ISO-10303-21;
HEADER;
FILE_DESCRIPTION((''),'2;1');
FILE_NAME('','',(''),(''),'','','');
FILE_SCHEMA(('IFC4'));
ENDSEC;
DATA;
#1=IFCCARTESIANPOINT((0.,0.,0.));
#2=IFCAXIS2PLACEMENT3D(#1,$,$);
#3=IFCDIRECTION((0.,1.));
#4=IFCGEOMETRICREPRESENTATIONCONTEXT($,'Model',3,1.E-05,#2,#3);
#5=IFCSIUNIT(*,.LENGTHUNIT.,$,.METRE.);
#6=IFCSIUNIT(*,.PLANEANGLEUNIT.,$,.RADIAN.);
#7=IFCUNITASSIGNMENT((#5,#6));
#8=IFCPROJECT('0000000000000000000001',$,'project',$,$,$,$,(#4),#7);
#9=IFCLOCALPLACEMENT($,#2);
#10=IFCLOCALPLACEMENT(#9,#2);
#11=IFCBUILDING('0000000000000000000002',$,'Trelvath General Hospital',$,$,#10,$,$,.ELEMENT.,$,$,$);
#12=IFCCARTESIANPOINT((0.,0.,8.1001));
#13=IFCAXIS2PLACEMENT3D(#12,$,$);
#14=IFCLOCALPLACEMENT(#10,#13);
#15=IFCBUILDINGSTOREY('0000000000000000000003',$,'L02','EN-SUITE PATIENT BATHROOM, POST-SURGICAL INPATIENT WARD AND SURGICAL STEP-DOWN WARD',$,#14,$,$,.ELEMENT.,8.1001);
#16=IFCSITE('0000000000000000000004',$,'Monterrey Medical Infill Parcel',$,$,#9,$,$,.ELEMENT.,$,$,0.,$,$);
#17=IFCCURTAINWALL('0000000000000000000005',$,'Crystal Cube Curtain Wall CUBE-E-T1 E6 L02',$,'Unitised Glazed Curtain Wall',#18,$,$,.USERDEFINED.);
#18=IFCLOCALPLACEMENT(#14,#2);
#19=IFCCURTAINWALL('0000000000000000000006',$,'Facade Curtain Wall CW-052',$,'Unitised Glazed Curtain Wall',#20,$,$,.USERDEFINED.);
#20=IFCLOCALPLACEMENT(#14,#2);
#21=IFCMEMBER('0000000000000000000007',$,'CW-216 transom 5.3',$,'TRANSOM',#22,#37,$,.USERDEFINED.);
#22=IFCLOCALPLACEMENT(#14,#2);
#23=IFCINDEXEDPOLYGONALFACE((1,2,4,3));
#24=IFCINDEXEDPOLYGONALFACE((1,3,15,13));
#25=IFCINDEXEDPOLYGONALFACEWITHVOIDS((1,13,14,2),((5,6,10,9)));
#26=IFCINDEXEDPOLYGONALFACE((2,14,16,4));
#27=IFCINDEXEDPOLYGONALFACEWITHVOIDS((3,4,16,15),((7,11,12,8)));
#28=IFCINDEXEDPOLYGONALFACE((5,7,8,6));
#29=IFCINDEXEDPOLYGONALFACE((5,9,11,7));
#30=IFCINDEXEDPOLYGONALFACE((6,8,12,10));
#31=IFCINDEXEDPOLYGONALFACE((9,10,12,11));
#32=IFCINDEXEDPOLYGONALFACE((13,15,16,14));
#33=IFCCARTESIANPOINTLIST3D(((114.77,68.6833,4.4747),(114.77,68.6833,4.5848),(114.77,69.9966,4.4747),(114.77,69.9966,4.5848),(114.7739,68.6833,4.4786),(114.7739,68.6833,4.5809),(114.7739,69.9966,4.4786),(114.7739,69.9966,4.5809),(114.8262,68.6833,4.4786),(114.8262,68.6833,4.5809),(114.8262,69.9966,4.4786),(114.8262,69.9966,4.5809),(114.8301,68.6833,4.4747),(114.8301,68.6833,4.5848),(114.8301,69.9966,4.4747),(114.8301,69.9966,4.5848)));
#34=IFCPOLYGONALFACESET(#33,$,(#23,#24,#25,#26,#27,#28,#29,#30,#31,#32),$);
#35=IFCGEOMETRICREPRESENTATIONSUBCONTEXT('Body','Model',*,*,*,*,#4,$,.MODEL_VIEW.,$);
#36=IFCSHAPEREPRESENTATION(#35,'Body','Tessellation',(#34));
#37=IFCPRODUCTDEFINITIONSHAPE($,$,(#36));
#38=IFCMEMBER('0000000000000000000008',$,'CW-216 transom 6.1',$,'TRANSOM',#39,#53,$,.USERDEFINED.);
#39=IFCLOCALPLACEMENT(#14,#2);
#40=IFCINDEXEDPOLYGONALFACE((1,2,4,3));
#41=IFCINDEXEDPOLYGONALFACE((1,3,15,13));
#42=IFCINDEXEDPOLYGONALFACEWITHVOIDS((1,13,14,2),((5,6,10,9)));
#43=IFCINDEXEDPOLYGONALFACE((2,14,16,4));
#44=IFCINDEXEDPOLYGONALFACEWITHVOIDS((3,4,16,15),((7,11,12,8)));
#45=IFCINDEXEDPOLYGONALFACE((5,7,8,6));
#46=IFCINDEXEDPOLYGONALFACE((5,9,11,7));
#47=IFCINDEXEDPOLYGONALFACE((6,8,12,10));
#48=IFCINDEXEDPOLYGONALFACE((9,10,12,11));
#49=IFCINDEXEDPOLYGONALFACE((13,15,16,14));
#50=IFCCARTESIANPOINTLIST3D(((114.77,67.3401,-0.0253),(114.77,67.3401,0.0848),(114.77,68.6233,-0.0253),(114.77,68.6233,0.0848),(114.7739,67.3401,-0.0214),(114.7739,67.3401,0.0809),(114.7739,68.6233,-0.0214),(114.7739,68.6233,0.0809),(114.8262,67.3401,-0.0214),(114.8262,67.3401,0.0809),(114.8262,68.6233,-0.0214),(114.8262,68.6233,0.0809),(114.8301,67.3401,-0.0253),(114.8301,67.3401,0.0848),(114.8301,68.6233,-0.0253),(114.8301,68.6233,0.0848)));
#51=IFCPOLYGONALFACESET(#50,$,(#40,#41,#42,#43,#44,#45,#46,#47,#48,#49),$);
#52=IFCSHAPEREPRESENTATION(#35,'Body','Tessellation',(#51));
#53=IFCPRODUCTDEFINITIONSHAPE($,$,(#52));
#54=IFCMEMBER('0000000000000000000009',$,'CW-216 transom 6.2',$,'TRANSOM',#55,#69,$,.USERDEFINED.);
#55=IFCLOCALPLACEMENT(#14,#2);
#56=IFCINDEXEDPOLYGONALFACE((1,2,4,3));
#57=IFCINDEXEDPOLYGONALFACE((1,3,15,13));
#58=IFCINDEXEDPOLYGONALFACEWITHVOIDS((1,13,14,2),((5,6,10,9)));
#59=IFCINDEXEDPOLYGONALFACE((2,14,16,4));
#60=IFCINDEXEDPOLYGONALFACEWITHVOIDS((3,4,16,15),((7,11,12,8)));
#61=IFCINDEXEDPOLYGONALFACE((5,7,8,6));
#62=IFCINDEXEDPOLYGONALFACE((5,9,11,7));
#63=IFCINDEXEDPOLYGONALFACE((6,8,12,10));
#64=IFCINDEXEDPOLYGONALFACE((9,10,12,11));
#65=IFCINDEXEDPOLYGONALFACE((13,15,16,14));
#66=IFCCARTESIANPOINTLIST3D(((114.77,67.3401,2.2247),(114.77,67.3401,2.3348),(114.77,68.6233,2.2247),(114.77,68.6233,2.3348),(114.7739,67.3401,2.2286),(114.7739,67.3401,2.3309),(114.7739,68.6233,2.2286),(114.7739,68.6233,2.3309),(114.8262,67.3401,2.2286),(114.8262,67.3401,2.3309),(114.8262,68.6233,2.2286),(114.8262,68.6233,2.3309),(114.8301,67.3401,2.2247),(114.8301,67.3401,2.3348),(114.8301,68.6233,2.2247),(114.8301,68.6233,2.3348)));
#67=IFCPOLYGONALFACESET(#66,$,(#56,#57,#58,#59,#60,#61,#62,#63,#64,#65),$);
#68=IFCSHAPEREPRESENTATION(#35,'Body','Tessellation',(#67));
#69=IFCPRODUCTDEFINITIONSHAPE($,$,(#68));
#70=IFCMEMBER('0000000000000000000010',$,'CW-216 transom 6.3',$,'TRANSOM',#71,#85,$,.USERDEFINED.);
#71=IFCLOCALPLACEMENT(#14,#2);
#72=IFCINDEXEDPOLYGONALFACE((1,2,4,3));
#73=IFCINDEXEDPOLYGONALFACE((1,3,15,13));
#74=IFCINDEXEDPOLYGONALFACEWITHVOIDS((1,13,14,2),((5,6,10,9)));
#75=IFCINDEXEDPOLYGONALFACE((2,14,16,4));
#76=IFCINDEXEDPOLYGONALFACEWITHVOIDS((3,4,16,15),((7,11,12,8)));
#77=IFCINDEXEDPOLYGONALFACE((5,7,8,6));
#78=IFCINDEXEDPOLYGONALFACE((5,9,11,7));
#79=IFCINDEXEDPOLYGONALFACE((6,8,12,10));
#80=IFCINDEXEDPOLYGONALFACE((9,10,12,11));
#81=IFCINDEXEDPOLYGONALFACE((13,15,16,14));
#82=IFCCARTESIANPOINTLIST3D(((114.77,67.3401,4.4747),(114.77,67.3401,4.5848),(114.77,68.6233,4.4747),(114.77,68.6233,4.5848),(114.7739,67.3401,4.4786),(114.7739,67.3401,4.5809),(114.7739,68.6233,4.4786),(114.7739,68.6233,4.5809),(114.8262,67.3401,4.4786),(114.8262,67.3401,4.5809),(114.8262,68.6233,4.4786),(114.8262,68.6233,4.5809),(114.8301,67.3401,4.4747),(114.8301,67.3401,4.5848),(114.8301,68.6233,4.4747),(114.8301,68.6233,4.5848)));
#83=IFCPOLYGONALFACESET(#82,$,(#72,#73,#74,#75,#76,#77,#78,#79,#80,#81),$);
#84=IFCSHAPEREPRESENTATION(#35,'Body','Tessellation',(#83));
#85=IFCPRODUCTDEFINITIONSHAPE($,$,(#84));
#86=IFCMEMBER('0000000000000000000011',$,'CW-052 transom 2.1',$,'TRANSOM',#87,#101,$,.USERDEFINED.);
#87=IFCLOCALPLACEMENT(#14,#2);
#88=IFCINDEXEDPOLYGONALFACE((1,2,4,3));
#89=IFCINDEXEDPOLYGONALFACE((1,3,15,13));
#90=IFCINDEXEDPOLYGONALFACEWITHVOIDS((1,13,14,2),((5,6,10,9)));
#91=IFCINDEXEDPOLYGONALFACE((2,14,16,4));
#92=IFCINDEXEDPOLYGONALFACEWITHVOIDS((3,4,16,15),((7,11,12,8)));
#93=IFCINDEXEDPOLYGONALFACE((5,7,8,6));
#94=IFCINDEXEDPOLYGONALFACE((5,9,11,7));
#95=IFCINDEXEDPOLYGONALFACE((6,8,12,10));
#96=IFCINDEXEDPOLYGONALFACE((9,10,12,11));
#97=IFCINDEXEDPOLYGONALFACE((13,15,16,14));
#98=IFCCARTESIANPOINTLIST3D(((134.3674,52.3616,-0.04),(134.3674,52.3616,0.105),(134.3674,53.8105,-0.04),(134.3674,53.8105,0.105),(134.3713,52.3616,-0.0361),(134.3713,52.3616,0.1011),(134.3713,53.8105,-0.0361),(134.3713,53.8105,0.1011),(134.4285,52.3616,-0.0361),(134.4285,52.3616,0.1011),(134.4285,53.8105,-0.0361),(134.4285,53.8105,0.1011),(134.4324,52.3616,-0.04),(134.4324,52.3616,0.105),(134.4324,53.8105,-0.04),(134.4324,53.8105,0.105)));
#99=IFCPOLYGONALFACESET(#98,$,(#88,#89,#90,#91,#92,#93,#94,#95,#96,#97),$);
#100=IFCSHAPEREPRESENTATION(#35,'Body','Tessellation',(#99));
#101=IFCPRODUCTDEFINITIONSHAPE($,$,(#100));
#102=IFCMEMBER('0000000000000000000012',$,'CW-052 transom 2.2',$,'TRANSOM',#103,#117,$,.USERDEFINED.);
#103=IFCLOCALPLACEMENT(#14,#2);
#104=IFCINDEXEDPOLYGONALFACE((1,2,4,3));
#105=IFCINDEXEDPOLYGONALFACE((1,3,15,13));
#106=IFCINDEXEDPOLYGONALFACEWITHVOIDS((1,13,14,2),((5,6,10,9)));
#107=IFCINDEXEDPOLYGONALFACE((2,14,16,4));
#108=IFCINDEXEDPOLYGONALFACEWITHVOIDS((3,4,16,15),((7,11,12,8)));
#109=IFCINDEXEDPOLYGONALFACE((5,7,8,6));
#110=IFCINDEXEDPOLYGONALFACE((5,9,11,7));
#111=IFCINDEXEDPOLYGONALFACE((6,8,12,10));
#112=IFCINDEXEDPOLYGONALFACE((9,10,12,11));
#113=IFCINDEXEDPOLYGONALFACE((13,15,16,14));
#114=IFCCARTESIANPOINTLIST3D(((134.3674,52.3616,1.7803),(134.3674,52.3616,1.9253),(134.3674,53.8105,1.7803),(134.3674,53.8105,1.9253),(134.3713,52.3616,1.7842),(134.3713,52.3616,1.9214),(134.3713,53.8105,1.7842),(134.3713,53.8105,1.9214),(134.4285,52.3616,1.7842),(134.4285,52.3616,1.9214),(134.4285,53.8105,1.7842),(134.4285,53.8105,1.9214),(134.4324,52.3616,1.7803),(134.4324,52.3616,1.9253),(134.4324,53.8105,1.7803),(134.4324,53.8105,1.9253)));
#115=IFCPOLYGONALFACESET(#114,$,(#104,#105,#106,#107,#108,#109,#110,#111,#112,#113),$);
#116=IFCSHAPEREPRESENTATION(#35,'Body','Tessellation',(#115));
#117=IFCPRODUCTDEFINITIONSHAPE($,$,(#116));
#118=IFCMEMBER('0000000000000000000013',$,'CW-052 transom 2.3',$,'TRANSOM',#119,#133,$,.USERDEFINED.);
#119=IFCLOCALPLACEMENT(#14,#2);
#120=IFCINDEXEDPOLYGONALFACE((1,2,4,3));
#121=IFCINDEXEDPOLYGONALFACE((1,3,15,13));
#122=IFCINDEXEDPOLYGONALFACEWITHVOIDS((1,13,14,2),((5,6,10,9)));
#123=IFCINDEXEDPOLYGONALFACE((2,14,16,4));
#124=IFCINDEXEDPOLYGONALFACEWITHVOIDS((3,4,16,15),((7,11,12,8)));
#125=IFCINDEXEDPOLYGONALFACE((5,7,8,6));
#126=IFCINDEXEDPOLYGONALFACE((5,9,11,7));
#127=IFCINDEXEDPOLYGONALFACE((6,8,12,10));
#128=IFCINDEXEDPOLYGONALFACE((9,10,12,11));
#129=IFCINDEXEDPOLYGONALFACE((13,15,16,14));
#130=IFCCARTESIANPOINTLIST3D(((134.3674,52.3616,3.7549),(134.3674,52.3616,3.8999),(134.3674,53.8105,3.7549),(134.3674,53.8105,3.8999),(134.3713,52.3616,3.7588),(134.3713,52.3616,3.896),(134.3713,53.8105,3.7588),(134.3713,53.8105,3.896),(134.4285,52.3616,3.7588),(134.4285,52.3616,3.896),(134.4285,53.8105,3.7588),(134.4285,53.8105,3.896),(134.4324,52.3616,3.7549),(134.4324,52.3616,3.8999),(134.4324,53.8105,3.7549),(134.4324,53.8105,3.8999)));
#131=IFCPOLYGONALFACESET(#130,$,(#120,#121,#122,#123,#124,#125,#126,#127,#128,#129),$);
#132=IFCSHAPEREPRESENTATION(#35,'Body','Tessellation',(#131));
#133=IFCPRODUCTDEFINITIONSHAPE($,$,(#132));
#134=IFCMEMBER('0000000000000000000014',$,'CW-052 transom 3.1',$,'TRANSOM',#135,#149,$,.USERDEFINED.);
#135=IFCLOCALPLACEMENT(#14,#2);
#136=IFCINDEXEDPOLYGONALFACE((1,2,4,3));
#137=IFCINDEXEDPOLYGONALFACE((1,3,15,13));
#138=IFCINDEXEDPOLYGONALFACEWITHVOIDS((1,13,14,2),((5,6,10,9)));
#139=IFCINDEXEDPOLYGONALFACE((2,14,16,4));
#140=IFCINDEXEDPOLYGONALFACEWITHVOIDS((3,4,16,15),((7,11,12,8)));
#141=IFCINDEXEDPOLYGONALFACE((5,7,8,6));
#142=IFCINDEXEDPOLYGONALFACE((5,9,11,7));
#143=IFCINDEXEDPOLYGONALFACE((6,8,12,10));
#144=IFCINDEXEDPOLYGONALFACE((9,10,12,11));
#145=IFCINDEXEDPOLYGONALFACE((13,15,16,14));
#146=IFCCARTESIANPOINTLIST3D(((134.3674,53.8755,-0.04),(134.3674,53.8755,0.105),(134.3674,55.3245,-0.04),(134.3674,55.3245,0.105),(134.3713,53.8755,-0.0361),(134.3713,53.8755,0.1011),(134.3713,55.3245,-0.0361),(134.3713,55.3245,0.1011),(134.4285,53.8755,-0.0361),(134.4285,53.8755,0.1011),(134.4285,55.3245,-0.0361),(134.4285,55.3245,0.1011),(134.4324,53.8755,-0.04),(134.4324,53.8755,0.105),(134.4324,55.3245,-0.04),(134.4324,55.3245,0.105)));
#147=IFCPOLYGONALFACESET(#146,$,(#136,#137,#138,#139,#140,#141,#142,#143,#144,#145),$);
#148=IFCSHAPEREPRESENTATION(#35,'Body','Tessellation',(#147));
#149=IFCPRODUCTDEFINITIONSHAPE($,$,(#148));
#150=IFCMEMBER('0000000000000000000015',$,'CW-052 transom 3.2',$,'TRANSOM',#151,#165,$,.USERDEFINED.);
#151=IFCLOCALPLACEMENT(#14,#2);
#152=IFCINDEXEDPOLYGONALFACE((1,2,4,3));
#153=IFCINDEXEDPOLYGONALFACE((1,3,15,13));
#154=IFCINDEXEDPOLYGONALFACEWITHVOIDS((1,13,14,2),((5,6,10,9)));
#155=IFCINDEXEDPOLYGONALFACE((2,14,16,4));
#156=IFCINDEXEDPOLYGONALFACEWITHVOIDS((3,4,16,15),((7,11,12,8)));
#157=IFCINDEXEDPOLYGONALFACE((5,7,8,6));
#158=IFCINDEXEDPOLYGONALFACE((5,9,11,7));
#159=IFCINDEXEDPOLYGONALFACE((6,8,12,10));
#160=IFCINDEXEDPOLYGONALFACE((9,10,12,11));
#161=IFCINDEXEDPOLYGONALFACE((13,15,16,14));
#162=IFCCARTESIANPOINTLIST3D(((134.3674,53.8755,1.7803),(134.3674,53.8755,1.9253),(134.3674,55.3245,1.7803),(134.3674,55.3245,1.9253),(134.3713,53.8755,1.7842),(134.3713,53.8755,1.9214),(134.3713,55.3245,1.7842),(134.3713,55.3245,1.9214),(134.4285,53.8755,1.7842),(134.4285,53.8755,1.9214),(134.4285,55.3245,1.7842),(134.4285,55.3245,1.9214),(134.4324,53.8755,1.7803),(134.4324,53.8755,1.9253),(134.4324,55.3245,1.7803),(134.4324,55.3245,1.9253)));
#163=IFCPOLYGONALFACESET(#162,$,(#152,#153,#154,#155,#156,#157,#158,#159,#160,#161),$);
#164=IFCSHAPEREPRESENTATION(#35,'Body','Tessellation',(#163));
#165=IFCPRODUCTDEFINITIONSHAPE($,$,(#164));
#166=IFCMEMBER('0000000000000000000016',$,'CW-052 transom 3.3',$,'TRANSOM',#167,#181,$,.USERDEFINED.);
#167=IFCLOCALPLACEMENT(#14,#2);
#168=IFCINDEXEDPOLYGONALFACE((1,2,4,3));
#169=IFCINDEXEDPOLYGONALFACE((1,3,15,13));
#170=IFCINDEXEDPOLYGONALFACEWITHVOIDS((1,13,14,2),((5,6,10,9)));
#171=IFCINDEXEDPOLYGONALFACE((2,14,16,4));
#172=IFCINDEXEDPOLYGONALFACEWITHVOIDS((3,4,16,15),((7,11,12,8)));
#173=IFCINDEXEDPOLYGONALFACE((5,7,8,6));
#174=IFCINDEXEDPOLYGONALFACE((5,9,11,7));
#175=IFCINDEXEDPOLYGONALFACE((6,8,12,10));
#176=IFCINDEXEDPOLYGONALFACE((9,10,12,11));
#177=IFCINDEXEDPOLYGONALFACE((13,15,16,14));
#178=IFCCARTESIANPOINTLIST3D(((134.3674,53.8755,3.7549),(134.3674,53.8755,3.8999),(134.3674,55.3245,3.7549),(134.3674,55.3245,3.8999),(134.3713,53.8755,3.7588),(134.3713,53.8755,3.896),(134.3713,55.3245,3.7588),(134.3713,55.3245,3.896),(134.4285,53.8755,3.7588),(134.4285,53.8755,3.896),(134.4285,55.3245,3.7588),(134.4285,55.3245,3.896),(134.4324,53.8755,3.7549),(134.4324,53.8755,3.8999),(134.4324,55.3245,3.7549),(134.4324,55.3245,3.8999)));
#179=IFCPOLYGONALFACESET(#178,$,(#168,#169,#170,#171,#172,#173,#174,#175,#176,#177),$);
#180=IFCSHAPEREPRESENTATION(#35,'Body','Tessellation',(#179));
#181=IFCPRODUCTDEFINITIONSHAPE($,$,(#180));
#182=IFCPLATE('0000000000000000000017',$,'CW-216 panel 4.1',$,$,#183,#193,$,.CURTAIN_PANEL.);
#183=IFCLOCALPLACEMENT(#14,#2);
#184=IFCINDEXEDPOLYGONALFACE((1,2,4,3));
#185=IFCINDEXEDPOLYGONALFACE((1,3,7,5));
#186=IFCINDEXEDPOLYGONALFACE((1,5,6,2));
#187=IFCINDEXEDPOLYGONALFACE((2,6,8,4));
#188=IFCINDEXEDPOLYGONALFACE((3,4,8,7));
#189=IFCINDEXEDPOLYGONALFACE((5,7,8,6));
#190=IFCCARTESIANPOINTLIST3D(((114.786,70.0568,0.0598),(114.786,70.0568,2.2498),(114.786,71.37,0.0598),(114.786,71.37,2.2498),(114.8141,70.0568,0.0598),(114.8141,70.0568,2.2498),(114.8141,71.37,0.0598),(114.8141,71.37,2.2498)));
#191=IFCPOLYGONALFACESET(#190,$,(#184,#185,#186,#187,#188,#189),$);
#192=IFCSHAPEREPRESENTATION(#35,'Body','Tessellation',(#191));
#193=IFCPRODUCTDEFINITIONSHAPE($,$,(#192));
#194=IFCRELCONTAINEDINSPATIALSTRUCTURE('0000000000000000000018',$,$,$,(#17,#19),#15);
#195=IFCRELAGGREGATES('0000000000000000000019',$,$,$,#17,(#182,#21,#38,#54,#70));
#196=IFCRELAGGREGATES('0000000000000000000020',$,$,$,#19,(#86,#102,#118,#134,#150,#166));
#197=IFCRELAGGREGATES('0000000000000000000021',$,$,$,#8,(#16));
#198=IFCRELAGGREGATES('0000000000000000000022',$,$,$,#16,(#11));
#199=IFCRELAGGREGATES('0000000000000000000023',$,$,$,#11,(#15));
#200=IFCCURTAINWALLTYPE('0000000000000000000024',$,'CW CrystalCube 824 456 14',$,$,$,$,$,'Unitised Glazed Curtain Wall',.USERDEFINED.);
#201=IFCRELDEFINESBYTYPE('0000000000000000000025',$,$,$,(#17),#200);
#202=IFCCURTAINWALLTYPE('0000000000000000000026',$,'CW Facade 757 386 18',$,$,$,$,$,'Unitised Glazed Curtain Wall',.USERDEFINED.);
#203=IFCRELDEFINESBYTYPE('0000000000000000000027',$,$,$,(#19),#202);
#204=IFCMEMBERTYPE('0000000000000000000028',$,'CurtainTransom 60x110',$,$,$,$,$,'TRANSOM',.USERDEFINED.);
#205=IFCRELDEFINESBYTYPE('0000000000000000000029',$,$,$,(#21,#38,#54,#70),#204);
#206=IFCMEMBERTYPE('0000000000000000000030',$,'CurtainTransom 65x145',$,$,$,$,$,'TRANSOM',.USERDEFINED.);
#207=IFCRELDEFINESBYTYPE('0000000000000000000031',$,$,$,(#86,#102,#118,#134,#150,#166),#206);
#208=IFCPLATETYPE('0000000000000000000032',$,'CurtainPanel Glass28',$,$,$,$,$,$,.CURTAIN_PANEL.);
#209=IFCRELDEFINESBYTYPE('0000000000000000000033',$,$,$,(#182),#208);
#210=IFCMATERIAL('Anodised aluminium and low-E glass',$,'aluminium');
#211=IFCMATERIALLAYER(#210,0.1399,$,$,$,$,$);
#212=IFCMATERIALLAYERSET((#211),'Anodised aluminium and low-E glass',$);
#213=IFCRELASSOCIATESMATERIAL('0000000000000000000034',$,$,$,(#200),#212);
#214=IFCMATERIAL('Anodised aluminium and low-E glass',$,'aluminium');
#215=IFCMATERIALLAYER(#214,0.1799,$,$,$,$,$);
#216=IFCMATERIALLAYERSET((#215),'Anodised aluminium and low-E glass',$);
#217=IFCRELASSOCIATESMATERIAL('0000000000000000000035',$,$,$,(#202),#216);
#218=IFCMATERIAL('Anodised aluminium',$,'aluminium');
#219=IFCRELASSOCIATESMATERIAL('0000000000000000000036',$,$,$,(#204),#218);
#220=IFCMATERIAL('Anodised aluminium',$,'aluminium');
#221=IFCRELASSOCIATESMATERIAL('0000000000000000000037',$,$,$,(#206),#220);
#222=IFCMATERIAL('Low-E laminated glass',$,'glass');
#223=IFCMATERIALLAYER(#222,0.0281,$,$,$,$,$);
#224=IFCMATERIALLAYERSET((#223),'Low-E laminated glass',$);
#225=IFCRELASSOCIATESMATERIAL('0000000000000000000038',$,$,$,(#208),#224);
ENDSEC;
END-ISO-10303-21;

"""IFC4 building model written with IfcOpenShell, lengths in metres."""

from ifc_helpers import new_model, si_unit, direction, frame, origin, origin_2d, place, context, subcontext, project, spatial, rectangle, hollow_rectangle, extrude, material, layer, layer_set, material_profile, profile_set, type_object, element, aggregate, save


model = new_model("IFC4")

# Units and contexts
model_context = context("Model", 3, precision=1e-05, world=origin(), true_north=direction((0.0, 1.0)))
body_context = subcontext(model_context, "Body", "Model", "MODEL_VIEW")
ifc_project = project(units=[si_unit("LENGTHUNIT", "METRE"), si_unit("PLANEANGLEUNIT", "RADIAN")], contexts=[model_context])

# Site, building, storey
site_placement = place(None, origin())
site = spatial("IfcSite", under=ifc_project, at=site_placement, Name="Monterrey Medical Infill Parcel", CompositionType="ELEMENT", RefElevation=0.0)
building_placement = place(site_placement, origin())
building = spatial("IfcBuilding", under=site, at=building_placement, Name="Trelvath General Hospital", CompositionType="ELEMENT")
storey_placement = place(building_placement, frame((0.0, 0.0, 8.1001)))
storey = spatial("IfcBuildingStorey", under=building, at=storey_placement, Name="L02", Description="EN-SUITE PATIENT BATHROOM, POST-SURGICAL INPATIENT WARD AND SURGICAL STEP-DOWN WARD", CompositionType="ELEMENT", Elevation=8.1001)

# Curtain walls
ifc_material_1 = material(Name="Anodised aluminium and low-E glass", Category="aluminium")
ifc_layer_1 = layer(ifc_material_1, 0.1399)
ifc_layer_set_1 = layer_set([ifc_layer_1], Name="Anodised aluminium and low-E glass")
curtain_wall_type_1 = type_object("IfcCurtainWallType", Name="CW CrystalCube 824 456 14", ElementType="Unitised Glazed Curtain Wall", PredefinedType="USERDEFINED", material=ifc_layer_set_1)
curtain_wall_1_placement = place(storey_placement, origin())
curtain_wall_1 = element("IfcCurtainWall", 1, at=curtain_wall_1_placement, inside=storey, type_object=curtain_wall_type_1, Name="Crystal Cube Curtain Wall CUBE-E-T1 E6 L02", ObjectType="Unitised Glazed Curtain Wall", PredefinedType="USERDEFINED")
ifc_material_2 = material(Name="Anodised aluminium and low-E glass", Category="aluminium")
ifc_layer_2 = layer(ifc_material_2, 0.1799)
ifc_layer_set_2 = layer_set([ifc_layer_2], Name="Anodised aluminium and low-E glass")
curtain_wall_type_2 = type_object("IfcCurtainWallType", Name="CW Facade 757 386 18", ElementType="Unitised Glazed Curtain Wall", PredefinedType="USERDEFINED", material=ifc_layer_set_2)
curtain_wall_2_placement = place(storey_placement, origin())
curtain_wall_2 = element("IfcCurtainWall", 2, at=curtain_wall_2_placement, inside=storey, type_object=curtain_wall_type_2, Name="Facade Curtain Wall CW-052", ObjectType="Unitised Glazed Curtain Wall", PredefinedType="USERDEFINED")

# Members
ifc_material_3 = material(Name="Anodised aluminium", Category="aluminium")
ifc_material_profile_1 = material_profile(ifc_material_3, hollow_rectangle(XDim=0.0601, YDim=0.1101, WallThickness=0.0039, at=origin_2d()), Name="RHS60x110x4")
ifc_profile_set_1 = profile_set([ifc_material_profile_1], Name="Anodised aluminium")
member_type_1 = type_object("IfcMemberType", Name="CurtainTransom 60x110", ElementType="TRANSOM", PredefinedType="USERDEFINED", material=ifc_profile_set_1)
member_1_placement = place(storey_placement, frame((114.8, 69.9966, 4.5298), z_axis=(0.0, -1.0, 0.0), x_axis=(1.0, 0.0, 0.0)))
member_1 = element("IfcMember", 3, at=member_1_placement, type_object=member_type_1, Name="CW-216 transom 5.3", ObjectType="TRANSOM", PredefinedType="USERDEFINED", context=body_context, shape_type="SweptSolid", body=[
    extrude(hollow_rectangle(XDim=0.0601, YDim=0.1101, WallThickness=0.0039, at=origin_2d()), origin(), (0.0, 0.0, 1.0), 1.3132),
])
member_2_placement = place(storey_placement, frame((114.8, 68.6233, 0.0298), z_axis=(0.0, -1.0, 0.0), x_axis=(1.0, 0.0, 0.0)))
member_2 = element("IfcMember", 4, at=member_2_placement, type_object=member_type_1, Name="CW-216 transom 6.1", ObjectType="TRANSOM", PredefinedType="USERDEFINED", context=body_context, shape_type="SweptSolid", body=[
    extrude(hollow_rectangle(XDim=0.0601, YDim=0.1101, WallThickness=0.0039, at=origin_2d()), origin(), (0.0, 0.0, 1.0), 1.2832),
])
member_3_placement = place(storey_placement, frame((114.8, 68.6233, 2.2798), z_axis=(0.0, -1.0, 0.0), x_axis=(1.0, 0.0, 0.0)))
member_3 = element("IfcMember", 5, at=member_3_placement, type_object=member_type_1, Name="CW-216 transom 6.2", ObjectType="TRANSOM", PredefinedType="USERDEFINED", context=body_context, shape_type="SweptSolid", body=[
    extrude(hollow_rectangle(XDim=0.0601, YDim=0.1101, WallThickness=0.0039, at=origin_2d()), origin(), (0.0, 0.0, 1.0), 1.2832),
])
member_4_placement = place(storey_placement, frame((114.8, 68.6233, 4.5298), z_axis=(0.0, -1.0, 0.0), x_axis=(1.0, 0.0, 0.0)))
member_4 = element("IfcMember", 6, at=member_4_placement, type_object=member_type_1, Name="CW-216 transom 6.3", ObjectType="TRANSOM", PredefinedType="USERDEFINED", context=body_context, shape_type="SweptSolid", body=[
    extrude(hollow_rectangle(XDim=0.0601, YDim=0.1101, WallThickness=0.0039, at=origin_2d()), origin(), (0.0, 0.0, 1.0), 1.2832),
])
ifc_material_4 = material(Name="Anodised aluminium", Category="aluminium")
ifc_material_profile_2 = material_profile(ifc_material_4, hollow_rectangle(XDim=0.0649, YDim=0.145, WallThickness=0.0039, at=origin_2d()), Name="RHS65x145x4")
ifc_profile_set_2 = profile_set([ifc_material_profile_2], Name="Anodised aluminium")
member_type_2 = type_object("IfcMemberType", Name="CurtainTransom 65x145", ElementType="TRANSOM", PredefinedType="USERDEFINED", material=ifc_profile_set_2)
member_5_placement = place(storey_placement, frame((134.3999, 52.3616, 0.0325), z_axis=(0.0, 1.0, 0.0), x_axis=(-1.0, 0.0, 0.0)))
member_5 = element("IfcMember", 7, at=member_5_placement, type_object=member_type_2, Name="CW-052 transom 2.1", ObjectType="TRANSOM", PredefinedType="USERDEFINED", context=body_context, shape_type="SweptSolid", body=[
    extrude(hollow_rectangle(XDim=0.0649, YDim=0.145, WallThickness=0.0039, at=origin_2d()), origin(), (0.0, 0.0, 1.0), 1.449),
])
member_6_placement = place(storey_placement, frame((134.3999, 52.3616, 1.8528), z_axis=(0.0, 1.0, 0.0), x_axis=(-1.0, 0.0, 0.0)))
member_6 = element("IfcMember", 8, at=member_6_placement, type_object=member_type_2, Name="CW-052 transom 2.2", ObjectType="TRANSOM", PredefinedType="USERDEFINED", context=body_context, shape_type="SweptSolid", body=[
    extrude(hollow_rectangle(XDim=0.0649, YDim=0.145, WallThickness=0.0039, at=origin_2d()), origin(), (0.0, 0.0, 1.0), 1.449),
])
member_7_placement = place(storey_placement, frame((134.3999, 52.3616, 3.8274), z_axis=(0.0, 1.0, 0.0), x_axis=(-1.0, 0.0, 0.0)))
member_7 = element("IfcMember", 9, at=member_7_placement, type_object=member_type_2, Name="CW-052 transom 2.3", ObjectType="TRANSOM", PredefinedType="USERDEFINED", context=body_context, shape_type="SweptSolid", body=[
    extrude(hollow_rectangle(XDim=0.0649, YDim=0.145, WallThickness=0.0039, at=origin_2d()), origin(), (0.0, 0.0, 1.0), 1.449),
])
member_8_placement = place(storey_placement, frame((134.3999, 53.8755, 0.0325), z_axis=(0.0, 1.0, 0.0), x_axis=(-1.0, 0.0, 0.0)))
member_8 = element("IfcMember", 10, at=member_8_placement, type_object=member_type_2, Name="CW-052 transom 3.1", ObjectType="TRANSOM", PredefinedType="USERDEFINED", context=body_context, shape_type="SweptSolid", body=[
    extrude(hollow_rectangle(XDim=0.0649, YDim=0.145, WallThickness=0.0039, at=origin_2d()), origin(), (0.0, 0.0, 1.0), 1.449),
])
member_9_placement = place(storey_placement, frame((134.3999, 53.8755, 1.8528), z_axis=(0.0, 1.0, 0.0), x_axis=(-1.0, 0.0, 0.0)))
member_9 = element("IfcMember", 11, at=member_9_placement, type_object=member_type_2, Name="CW-052 transom 3.2", ObjectType="TRANSOM", PredefinedType="USERDEFINED", context=body_context, shape_type="SweptSolid", body=[
    extrude(hollow_rectangle(XDim=0.0649, YDim=0.145, WallThickness=0.0039, at=origin_2d()), origin(), (0.0, 0.0, 1.0), 1.449),
])
member_10_placement = place(storey_placement, frame((134.3999, 53.8755, 3.8274), z_axis=(0.0, 1.0, 0.0), x_axis=(-1.0, 0.0, 0.0)))
member_10 = element("IfcMember", 12, at=member_10_placement, type_object=member_type_2, Name="CW-052 transom 3.3", ObjectType="TRANSOM", PredefinedType="USERDEFINED", context=body_context, shape_type="SweptSolid", body=[
    extrude(hollow_rectangle(XDim=0.0649, YDim=0.145, WallThickness=0.0039, at=origin_2d()), origin(), (0.0, 0.0, 1.0), 1.449),
])

# Plate
ifc_material_5 = material(Name="Low-E laminated glass", Category="glass")
ifc_layer_3 = layer(ifc_material_5, 0.0281)
ifc_layer_set_3 = layer_set([ifc_layer_3], Name="Low-E laminated glass")
plate_type_1 = type_object("IfcPlateType", Name="CurtainPanel Glass28", PredefinedType="CURTAIN_PANEL", material=ifc_layer_set_3)
plate_1_placement = place(storey_placement, frame((114.8, 70.7134, 0.0598), z_axis=(0.0, 0.0, 1.0), x_axis=(0.0, -1.0, 0.0)))
plate_1 = element("IfcPlate", 13, at=plate_1_placement, type_object=plate_type_1, Name="CW-216 panel 4.1", PredefinedType="CURTAIN_PANEL", context=body_context, shape_type="SweptSolid", body=[
    extrude(rectangle(XDim=1.3132, YDim=0.0281, at=origin_2d()), origin(), (0.0, 0.0, 1.0), 2.1899),
])
aggregate(curtain_wall_1, [plate_1, member_1, member_2, member_3, member_4])
aggregate(curtain_wall_2, [member_5, member_6, member_7, member_8, member_9, member_10])

save(model, "model.ifc")
